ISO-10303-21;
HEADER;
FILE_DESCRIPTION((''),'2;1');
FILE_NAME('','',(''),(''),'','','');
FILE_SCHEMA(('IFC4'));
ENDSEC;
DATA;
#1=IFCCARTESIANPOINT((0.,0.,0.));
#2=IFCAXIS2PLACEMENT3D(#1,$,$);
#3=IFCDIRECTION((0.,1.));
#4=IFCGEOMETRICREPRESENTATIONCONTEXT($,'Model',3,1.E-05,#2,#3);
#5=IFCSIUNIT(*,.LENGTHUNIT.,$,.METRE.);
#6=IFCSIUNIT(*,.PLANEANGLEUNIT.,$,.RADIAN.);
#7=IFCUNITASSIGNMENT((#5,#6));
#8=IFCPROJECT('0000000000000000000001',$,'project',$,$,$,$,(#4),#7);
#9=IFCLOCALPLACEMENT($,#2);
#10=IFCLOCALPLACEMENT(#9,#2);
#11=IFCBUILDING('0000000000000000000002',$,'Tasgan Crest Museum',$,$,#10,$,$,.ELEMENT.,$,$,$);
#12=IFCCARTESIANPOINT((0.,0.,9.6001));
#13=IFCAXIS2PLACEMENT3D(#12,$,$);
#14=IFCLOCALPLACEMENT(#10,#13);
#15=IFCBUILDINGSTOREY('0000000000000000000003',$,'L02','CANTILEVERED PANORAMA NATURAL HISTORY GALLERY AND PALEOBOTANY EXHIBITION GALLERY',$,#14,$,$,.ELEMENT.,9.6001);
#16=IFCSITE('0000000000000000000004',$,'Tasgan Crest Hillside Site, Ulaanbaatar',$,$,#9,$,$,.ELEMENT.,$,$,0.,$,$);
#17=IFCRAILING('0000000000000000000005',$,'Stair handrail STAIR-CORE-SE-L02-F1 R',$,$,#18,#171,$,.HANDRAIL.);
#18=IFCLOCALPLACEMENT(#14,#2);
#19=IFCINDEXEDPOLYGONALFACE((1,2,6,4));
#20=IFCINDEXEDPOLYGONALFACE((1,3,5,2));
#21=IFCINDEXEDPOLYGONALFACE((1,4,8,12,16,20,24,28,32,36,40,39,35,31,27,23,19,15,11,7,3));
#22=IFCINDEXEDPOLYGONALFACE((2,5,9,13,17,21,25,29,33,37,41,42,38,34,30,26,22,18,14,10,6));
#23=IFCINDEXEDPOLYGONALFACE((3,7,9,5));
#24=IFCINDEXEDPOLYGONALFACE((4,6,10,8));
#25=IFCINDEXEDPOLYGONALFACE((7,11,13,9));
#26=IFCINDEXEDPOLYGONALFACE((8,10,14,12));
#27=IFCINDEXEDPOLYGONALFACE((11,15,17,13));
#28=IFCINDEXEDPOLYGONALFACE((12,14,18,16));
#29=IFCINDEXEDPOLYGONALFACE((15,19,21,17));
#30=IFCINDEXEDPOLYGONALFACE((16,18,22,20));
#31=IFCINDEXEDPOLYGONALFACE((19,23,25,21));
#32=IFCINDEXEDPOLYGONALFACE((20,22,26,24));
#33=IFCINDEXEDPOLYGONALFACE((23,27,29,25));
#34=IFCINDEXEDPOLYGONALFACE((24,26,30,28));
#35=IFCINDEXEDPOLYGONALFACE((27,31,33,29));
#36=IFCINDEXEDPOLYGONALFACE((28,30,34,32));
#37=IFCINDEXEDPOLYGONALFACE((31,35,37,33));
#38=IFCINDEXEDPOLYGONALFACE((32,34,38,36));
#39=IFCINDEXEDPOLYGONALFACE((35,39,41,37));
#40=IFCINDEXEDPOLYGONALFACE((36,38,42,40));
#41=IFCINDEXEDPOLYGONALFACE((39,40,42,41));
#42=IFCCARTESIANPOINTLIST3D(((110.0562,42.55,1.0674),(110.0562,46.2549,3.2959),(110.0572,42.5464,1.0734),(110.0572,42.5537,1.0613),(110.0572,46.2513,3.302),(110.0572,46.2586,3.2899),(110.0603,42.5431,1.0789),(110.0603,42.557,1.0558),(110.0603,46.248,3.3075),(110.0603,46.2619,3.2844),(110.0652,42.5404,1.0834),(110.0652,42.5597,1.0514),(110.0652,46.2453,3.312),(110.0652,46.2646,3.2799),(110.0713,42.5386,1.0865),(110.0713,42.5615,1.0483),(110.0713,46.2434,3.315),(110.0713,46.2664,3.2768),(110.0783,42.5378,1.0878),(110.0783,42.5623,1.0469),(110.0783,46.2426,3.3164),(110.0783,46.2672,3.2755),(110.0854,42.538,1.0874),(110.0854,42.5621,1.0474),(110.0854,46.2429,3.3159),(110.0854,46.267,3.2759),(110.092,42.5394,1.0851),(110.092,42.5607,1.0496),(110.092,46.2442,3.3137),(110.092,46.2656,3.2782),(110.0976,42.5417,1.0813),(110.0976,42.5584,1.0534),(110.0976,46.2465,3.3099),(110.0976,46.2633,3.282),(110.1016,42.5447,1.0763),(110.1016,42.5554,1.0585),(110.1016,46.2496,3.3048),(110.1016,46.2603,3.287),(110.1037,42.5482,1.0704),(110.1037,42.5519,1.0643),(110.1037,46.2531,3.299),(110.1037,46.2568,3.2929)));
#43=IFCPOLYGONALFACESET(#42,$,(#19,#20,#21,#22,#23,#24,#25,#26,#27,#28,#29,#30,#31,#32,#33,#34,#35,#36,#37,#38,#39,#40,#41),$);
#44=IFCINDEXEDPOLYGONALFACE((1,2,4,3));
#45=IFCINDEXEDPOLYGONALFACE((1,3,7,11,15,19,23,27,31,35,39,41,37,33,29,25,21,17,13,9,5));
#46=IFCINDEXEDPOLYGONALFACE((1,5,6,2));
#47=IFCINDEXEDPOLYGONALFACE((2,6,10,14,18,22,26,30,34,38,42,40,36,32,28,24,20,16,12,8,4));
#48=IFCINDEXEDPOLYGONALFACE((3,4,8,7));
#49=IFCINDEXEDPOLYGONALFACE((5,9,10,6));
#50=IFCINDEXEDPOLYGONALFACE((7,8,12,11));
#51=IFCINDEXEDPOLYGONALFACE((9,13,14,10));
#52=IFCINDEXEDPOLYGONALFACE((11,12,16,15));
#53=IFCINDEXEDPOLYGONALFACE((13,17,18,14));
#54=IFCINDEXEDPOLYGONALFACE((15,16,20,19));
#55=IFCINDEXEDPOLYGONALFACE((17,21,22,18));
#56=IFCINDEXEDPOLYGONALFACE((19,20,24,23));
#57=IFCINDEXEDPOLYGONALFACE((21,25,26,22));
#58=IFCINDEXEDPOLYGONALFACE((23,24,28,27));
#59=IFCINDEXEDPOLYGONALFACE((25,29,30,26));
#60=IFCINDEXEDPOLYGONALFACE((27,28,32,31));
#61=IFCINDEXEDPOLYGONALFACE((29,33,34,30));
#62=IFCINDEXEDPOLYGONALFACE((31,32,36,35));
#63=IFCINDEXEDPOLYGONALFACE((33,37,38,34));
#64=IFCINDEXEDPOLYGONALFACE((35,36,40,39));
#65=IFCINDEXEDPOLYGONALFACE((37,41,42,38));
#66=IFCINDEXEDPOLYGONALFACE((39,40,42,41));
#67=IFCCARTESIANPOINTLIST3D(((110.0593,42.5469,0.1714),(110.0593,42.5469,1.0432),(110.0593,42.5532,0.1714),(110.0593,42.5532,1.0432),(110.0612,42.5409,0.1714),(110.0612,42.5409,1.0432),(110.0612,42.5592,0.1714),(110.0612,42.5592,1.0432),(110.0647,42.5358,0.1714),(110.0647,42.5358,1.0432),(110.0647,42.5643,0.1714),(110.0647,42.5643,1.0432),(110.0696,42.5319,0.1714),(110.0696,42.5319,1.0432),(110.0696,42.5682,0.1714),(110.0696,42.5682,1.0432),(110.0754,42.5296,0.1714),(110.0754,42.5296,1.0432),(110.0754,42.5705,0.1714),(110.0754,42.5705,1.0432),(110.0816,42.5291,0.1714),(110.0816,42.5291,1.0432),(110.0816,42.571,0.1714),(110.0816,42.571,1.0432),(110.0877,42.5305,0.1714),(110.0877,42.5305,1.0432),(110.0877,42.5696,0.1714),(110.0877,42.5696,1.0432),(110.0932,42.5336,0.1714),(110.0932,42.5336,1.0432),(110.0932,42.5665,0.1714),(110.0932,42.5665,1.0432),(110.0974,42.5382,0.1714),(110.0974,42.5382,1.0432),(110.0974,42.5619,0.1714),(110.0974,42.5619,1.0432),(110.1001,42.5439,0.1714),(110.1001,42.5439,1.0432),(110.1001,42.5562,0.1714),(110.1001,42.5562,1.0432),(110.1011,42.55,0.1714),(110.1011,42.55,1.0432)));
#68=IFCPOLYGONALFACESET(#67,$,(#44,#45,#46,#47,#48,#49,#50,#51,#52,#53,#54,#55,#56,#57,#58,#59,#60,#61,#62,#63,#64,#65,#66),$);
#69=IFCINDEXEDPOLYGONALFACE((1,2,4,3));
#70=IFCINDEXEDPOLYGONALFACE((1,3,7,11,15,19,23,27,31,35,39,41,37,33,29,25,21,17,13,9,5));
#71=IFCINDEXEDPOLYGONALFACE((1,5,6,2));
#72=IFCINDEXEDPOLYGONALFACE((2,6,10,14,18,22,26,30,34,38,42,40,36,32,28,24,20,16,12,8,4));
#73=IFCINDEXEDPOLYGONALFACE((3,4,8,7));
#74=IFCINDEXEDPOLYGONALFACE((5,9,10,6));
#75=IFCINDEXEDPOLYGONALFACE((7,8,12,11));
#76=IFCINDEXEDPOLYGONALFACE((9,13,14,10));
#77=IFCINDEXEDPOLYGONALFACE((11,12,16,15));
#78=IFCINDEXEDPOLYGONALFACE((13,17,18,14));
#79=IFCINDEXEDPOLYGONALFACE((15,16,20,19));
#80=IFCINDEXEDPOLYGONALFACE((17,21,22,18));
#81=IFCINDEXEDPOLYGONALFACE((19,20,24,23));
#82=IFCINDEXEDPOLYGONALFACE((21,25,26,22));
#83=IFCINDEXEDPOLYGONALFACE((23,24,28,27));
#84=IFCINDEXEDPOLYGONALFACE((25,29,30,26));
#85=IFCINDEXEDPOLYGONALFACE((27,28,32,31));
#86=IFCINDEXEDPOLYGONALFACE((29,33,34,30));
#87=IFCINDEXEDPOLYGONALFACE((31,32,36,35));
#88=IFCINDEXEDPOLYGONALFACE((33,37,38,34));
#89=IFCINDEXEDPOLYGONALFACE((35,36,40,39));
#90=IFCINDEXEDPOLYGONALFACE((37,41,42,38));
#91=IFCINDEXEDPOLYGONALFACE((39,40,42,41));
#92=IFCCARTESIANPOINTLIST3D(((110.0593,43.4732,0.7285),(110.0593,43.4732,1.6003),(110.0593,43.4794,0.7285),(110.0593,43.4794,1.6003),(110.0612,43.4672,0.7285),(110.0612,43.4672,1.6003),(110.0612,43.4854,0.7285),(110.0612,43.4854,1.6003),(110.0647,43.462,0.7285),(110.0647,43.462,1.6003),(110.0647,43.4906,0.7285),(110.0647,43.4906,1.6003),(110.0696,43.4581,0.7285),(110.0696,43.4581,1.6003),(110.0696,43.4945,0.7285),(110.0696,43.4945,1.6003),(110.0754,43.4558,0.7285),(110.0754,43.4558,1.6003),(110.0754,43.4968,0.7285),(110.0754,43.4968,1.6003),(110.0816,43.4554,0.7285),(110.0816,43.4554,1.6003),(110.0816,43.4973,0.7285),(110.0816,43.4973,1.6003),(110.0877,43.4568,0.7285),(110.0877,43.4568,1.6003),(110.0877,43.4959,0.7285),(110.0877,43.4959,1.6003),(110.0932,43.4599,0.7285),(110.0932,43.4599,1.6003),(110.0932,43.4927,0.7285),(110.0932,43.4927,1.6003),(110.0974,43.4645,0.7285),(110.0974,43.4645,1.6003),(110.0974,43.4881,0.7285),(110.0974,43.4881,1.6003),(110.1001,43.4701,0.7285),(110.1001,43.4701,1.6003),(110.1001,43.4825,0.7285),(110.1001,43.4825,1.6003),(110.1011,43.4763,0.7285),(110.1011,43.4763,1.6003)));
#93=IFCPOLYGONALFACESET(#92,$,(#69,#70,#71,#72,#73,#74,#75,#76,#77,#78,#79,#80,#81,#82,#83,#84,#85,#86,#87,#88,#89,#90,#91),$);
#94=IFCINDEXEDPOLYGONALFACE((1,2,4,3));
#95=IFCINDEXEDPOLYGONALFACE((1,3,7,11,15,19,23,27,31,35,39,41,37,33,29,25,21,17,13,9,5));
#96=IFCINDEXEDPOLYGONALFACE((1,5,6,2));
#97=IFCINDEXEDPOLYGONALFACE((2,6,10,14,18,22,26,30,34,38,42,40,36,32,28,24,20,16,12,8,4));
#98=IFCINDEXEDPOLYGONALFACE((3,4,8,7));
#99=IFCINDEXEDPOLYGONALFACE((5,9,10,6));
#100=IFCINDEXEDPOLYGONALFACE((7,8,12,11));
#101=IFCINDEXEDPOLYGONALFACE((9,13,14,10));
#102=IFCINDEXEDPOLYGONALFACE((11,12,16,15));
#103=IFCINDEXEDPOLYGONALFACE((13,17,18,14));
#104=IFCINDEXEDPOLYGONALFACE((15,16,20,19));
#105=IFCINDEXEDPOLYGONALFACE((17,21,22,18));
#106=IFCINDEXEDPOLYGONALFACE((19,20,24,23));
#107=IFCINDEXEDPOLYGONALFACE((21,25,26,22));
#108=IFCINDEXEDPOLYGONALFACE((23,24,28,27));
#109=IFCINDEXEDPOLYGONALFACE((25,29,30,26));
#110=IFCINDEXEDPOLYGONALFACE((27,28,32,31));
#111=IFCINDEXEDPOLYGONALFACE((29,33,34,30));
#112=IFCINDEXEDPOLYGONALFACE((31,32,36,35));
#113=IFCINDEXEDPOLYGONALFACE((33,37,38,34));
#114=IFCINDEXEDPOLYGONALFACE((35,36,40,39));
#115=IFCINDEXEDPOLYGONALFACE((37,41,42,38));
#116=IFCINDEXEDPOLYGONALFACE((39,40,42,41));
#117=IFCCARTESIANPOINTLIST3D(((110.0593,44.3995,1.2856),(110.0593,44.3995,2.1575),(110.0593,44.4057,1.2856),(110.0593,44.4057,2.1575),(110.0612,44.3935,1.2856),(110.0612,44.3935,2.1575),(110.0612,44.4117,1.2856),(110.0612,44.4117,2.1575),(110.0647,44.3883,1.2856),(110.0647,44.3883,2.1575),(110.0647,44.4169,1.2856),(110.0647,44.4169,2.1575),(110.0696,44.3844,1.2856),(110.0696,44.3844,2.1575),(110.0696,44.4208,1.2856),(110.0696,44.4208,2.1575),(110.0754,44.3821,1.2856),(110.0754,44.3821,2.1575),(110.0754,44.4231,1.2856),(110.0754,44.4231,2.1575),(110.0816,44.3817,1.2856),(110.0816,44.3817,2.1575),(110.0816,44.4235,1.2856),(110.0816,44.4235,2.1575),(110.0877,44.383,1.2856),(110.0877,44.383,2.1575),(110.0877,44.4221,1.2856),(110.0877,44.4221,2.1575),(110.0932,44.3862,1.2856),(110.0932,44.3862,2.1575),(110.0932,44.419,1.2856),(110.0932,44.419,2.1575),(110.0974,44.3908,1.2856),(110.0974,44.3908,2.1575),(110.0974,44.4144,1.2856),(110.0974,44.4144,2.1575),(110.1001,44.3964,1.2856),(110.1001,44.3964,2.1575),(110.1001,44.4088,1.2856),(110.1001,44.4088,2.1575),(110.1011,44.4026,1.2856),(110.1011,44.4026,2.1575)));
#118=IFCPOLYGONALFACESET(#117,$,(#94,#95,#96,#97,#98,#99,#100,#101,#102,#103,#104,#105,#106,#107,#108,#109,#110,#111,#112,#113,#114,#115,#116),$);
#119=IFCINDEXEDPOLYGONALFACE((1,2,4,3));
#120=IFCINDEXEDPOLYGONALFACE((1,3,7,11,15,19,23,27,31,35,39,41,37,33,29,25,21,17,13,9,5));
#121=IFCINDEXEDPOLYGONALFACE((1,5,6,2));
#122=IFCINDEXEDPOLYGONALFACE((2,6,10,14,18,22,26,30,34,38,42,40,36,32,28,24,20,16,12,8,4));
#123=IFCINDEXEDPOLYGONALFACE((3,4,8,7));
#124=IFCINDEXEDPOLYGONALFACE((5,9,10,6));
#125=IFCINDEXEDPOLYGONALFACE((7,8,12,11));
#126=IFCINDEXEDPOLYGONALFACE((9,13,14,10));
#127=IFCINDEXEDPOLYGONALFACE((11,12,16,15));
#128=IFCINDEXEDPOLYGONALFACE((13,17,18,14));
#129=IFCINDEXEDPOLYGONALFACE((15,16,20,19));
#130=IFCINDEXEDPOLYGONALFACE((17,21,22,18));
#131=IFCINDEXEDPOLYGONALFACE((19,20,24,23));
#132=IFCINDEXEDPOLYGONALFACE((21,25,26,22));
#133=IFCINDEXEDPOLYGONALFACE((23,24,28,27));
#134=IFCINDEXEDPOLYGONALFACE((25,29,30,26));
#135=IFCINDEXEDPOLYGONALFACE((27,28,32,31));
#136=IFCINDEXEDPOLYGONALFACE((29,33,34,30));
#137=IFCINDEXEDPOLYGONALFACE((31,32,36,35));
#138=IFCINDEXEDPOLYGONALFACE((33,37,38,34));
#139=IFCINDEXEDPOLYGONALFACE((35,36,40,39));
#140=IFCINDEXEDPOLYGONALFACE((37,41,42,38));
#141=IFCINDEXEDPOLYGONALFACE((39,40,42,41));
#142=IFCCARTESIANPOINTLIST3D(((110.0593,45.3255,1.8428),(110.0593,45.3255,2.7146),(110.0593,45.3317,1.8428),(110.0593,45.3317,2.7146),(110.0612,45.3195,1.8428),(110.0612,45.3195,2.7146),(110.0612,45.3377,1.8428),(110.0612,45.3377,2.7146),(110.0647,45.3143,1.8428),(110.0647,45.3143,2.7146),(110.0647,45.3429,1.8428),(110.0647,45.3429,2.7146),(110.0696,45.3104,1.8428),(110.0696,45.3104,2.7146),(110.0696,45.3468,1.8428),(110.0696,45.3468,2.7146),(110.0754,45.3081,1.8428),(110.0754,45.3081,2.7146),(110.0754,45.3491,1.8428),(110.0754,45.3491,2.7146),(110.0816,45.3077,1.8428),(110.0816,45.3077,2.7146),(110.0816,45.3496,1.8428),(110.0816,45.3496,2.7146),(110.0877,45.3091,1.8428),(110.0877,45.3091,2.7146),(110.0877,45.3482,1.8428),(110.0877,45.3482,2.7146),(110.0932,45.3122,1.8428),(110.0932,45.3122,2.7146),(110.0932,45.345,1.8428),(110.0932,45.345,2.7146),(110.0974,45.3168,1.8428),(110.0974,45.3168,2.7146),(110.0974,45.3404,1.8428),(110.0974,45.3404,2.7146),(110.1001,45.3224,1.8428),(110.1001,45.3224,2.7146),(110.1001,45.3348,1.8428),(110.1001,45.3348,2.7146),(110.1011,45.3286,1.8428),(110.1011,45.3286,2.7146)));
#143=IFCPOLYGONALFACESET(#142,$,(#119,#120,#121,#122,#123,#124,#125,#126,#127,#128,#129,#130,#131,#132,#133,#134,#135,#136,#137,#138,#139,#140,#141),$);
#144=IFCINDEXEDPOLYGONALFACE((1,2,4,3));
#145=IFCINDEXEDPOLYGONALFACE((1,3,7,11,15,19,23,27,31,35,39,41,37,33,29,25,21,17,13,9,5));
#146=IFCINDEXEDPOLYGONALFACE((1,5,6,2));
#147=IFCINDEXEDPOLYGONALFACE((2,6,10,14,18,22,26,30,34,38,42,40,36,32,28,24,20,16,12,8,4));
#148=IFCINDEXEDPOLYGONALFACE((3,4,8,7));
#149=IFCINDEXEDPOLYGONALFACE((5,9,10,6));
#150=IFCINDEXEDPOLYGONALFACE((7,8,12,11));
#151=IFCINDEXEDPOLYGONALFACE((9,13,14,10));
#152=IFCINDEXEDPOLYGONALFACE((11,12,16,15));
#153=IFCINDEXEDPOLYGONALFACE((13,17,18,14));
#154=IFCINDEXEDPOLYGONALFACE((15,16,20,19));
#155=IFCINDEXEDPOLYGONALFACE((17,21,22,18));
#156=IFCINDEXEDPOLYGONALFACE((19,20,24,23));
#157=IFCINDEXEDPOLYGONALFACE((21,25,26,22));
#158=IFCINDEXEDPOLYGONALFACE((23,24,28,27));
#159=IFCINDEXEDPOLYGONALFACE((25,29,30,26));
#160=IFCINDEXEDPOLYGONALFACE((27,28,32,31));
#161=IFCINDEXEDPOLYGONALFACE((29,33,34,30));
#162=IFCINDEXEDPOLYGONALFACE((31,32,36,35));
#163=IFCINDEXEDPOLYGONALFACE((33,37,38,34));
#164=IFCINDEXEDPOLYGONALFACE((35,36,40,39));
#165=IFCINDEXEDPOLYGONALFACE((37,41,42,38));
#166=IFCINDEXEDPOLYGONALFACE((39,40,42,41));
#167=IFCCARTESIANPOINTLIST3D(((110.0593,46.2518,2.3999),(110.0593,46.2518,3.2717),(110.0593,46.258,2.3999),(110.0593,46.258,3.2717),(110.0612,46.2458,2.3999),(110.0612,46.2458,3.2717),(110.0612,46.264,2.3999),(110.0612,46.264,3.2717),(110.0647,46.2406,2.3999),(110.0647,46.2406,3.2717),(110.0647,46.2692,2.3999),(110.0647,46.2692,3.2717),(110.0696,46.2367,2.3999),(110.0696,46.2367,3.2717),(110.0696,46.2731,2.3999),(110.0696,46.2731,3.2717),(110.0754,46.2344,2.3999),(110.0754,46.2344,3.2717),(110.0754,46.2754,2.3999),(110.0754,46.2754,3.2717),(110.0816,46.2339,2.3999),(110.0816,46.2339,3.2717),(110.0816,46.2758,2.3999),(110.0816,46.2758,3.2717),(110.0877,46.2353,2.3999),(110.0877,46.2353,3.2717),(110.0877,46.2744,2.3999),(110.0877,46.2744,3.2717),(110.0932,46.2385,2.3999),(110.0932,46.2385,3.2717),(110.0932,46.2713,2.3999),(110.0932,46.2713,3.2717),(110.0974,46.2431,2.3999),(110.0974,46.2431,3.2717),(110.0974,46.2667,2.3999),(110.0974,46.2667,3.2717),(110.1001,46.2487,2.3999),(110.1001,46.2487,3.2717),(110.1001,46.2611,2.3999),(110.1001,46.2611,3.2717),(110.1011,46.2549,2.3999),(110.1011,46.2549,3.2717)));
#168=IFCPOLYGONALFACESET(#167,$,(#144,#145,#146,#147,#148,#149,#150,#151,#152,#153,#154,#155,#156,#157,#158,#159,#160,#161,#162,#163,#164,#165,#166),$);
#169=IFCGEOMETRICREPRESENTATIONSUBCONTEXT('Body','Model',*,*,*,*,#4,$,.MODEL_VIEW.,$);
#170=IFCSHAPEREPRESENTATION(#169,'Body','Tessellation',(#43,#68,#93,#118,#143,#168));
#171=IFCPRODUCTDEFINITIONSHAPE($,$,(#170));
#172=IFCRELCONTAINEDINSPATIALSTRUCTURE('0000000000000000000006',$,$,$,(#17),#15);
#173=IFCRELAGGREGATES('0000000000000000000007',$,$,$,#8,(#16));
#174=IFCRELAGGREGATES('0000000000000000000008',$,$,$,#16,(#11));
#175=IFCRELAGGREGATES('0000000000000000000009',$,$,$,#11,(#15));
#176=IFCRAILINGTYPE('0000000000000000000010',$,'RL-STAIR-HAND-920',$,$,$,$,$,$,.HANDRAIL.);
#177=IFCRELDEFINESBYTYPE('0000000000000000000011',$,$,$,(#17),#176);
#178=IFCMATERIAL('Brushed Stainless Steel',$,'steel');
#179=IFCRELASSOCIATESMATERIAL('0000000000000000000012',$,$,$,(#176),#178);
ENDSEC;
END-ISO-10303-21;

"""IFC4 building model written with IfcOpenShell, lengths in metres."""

from ifc_helpers import new_model, si_unit, direction, frame, origin, origin_2d, place, context, subcontext, project, spatial, circle, extrude, material, type_object, element, save


model = new_model("IFC4")

# Units and contexts
model_context = context("Model", 3, precision=1e-05, world=origin(), true_north=direction((0.0, 1.0)))
body_context = subcontext(model_context, "Body", "Model", "MODEL_VIEW")
ifc_project = project(units=[si_unit("LENGTHUNIT", "METRE"), si_unit("PLANEANGLEUNIT", "RADIAN")], contexts=[model_context])

# Site, building, storey
site_placement = place(None, origin())
site = spatial("IfcSite", under=ifc_project, at=site_placement, Name="Tasgan Crest Hillside Site, Ulaanbaatar", CompositionType="ELEMENT", RefElevation=0.0)
building_placement = place(site_placement, origin())
building = spatial("IfcBuilding", under=site, at=building_placement, Name="Tasgan Crest Museum", CompositionType="ELEMENT")
storey_placement = place(building_placement, frame((0.0, 0.0, 9.6001)))
storey = spatial("IfcBuildingStorey", under=building, at=storey_placement, Name="L02", Description="CANTILEVERED PANORAMA NATURAL HISTORY GALLERY AND PALEOBOTANY EXHIBITION GALLERY", CompositionType="ELEMENT", Elevation=9.6001)

# Railing
ifc_material_1 = material(Name="Brushed Stainless Steel", Category="steel")
railing_type_1 = type_object("IfcRailingType", Name="RL-STAIR-HAND-920", PredefinedType="HANDRAIL", material=ifc_material_1)
railing_1_placement = place(storey_placement, frame((110.0801, 42.55, 0.1714)))
element("IfcRailing", 1, at=railing_1_placement, inside=storey, type_object=railing_type_1, Name="Stair handrail STAIR-CORE-SE-L02-F1 R", PredefinedType="HANDRAIL", context=body_context, shape_type="SweptSolid", body=[
    extrude(circle(Radius=0.0239, at=origin_2d()), frame((0.0, 0.0, 0.896), z_axis=(0.0, 0.856919, 0.51545), x_axis=(-1.0, 0.0, 0.0)), (0.0, 0.0, 1.0), 4.3235),
    extrude(circle(Radius=0.021, at=origin_2d()), origin(), (0.0, 0.0, 1.0), 0.8718),
    extrude(circle(Radius=0.021, at=origin_2d()), frame((0.0, 0.9263, 0.5571)), (0.0, 0.0, 1.0), 0.8718),
    extrude(circle(Radius=0.021, at=origin_2d()), frame((0.0, 1.8525, 1.1143)), (0.0, 0.0, 1.0), 0.8718),
    extrude(circle(Radius=0.021, at=origin_2d()), frame((0.0, 2.7786, 1.6714)), (0.0, 0.0, 1.0), 0.8718),
    extrude(circle(Radius=0.021, at=origin_2d()), frame((0.0, 3.7048, 2.2285)), (0.0, 0.0, 1.0), 0.8718),
])

save(model, "model.ifc")
